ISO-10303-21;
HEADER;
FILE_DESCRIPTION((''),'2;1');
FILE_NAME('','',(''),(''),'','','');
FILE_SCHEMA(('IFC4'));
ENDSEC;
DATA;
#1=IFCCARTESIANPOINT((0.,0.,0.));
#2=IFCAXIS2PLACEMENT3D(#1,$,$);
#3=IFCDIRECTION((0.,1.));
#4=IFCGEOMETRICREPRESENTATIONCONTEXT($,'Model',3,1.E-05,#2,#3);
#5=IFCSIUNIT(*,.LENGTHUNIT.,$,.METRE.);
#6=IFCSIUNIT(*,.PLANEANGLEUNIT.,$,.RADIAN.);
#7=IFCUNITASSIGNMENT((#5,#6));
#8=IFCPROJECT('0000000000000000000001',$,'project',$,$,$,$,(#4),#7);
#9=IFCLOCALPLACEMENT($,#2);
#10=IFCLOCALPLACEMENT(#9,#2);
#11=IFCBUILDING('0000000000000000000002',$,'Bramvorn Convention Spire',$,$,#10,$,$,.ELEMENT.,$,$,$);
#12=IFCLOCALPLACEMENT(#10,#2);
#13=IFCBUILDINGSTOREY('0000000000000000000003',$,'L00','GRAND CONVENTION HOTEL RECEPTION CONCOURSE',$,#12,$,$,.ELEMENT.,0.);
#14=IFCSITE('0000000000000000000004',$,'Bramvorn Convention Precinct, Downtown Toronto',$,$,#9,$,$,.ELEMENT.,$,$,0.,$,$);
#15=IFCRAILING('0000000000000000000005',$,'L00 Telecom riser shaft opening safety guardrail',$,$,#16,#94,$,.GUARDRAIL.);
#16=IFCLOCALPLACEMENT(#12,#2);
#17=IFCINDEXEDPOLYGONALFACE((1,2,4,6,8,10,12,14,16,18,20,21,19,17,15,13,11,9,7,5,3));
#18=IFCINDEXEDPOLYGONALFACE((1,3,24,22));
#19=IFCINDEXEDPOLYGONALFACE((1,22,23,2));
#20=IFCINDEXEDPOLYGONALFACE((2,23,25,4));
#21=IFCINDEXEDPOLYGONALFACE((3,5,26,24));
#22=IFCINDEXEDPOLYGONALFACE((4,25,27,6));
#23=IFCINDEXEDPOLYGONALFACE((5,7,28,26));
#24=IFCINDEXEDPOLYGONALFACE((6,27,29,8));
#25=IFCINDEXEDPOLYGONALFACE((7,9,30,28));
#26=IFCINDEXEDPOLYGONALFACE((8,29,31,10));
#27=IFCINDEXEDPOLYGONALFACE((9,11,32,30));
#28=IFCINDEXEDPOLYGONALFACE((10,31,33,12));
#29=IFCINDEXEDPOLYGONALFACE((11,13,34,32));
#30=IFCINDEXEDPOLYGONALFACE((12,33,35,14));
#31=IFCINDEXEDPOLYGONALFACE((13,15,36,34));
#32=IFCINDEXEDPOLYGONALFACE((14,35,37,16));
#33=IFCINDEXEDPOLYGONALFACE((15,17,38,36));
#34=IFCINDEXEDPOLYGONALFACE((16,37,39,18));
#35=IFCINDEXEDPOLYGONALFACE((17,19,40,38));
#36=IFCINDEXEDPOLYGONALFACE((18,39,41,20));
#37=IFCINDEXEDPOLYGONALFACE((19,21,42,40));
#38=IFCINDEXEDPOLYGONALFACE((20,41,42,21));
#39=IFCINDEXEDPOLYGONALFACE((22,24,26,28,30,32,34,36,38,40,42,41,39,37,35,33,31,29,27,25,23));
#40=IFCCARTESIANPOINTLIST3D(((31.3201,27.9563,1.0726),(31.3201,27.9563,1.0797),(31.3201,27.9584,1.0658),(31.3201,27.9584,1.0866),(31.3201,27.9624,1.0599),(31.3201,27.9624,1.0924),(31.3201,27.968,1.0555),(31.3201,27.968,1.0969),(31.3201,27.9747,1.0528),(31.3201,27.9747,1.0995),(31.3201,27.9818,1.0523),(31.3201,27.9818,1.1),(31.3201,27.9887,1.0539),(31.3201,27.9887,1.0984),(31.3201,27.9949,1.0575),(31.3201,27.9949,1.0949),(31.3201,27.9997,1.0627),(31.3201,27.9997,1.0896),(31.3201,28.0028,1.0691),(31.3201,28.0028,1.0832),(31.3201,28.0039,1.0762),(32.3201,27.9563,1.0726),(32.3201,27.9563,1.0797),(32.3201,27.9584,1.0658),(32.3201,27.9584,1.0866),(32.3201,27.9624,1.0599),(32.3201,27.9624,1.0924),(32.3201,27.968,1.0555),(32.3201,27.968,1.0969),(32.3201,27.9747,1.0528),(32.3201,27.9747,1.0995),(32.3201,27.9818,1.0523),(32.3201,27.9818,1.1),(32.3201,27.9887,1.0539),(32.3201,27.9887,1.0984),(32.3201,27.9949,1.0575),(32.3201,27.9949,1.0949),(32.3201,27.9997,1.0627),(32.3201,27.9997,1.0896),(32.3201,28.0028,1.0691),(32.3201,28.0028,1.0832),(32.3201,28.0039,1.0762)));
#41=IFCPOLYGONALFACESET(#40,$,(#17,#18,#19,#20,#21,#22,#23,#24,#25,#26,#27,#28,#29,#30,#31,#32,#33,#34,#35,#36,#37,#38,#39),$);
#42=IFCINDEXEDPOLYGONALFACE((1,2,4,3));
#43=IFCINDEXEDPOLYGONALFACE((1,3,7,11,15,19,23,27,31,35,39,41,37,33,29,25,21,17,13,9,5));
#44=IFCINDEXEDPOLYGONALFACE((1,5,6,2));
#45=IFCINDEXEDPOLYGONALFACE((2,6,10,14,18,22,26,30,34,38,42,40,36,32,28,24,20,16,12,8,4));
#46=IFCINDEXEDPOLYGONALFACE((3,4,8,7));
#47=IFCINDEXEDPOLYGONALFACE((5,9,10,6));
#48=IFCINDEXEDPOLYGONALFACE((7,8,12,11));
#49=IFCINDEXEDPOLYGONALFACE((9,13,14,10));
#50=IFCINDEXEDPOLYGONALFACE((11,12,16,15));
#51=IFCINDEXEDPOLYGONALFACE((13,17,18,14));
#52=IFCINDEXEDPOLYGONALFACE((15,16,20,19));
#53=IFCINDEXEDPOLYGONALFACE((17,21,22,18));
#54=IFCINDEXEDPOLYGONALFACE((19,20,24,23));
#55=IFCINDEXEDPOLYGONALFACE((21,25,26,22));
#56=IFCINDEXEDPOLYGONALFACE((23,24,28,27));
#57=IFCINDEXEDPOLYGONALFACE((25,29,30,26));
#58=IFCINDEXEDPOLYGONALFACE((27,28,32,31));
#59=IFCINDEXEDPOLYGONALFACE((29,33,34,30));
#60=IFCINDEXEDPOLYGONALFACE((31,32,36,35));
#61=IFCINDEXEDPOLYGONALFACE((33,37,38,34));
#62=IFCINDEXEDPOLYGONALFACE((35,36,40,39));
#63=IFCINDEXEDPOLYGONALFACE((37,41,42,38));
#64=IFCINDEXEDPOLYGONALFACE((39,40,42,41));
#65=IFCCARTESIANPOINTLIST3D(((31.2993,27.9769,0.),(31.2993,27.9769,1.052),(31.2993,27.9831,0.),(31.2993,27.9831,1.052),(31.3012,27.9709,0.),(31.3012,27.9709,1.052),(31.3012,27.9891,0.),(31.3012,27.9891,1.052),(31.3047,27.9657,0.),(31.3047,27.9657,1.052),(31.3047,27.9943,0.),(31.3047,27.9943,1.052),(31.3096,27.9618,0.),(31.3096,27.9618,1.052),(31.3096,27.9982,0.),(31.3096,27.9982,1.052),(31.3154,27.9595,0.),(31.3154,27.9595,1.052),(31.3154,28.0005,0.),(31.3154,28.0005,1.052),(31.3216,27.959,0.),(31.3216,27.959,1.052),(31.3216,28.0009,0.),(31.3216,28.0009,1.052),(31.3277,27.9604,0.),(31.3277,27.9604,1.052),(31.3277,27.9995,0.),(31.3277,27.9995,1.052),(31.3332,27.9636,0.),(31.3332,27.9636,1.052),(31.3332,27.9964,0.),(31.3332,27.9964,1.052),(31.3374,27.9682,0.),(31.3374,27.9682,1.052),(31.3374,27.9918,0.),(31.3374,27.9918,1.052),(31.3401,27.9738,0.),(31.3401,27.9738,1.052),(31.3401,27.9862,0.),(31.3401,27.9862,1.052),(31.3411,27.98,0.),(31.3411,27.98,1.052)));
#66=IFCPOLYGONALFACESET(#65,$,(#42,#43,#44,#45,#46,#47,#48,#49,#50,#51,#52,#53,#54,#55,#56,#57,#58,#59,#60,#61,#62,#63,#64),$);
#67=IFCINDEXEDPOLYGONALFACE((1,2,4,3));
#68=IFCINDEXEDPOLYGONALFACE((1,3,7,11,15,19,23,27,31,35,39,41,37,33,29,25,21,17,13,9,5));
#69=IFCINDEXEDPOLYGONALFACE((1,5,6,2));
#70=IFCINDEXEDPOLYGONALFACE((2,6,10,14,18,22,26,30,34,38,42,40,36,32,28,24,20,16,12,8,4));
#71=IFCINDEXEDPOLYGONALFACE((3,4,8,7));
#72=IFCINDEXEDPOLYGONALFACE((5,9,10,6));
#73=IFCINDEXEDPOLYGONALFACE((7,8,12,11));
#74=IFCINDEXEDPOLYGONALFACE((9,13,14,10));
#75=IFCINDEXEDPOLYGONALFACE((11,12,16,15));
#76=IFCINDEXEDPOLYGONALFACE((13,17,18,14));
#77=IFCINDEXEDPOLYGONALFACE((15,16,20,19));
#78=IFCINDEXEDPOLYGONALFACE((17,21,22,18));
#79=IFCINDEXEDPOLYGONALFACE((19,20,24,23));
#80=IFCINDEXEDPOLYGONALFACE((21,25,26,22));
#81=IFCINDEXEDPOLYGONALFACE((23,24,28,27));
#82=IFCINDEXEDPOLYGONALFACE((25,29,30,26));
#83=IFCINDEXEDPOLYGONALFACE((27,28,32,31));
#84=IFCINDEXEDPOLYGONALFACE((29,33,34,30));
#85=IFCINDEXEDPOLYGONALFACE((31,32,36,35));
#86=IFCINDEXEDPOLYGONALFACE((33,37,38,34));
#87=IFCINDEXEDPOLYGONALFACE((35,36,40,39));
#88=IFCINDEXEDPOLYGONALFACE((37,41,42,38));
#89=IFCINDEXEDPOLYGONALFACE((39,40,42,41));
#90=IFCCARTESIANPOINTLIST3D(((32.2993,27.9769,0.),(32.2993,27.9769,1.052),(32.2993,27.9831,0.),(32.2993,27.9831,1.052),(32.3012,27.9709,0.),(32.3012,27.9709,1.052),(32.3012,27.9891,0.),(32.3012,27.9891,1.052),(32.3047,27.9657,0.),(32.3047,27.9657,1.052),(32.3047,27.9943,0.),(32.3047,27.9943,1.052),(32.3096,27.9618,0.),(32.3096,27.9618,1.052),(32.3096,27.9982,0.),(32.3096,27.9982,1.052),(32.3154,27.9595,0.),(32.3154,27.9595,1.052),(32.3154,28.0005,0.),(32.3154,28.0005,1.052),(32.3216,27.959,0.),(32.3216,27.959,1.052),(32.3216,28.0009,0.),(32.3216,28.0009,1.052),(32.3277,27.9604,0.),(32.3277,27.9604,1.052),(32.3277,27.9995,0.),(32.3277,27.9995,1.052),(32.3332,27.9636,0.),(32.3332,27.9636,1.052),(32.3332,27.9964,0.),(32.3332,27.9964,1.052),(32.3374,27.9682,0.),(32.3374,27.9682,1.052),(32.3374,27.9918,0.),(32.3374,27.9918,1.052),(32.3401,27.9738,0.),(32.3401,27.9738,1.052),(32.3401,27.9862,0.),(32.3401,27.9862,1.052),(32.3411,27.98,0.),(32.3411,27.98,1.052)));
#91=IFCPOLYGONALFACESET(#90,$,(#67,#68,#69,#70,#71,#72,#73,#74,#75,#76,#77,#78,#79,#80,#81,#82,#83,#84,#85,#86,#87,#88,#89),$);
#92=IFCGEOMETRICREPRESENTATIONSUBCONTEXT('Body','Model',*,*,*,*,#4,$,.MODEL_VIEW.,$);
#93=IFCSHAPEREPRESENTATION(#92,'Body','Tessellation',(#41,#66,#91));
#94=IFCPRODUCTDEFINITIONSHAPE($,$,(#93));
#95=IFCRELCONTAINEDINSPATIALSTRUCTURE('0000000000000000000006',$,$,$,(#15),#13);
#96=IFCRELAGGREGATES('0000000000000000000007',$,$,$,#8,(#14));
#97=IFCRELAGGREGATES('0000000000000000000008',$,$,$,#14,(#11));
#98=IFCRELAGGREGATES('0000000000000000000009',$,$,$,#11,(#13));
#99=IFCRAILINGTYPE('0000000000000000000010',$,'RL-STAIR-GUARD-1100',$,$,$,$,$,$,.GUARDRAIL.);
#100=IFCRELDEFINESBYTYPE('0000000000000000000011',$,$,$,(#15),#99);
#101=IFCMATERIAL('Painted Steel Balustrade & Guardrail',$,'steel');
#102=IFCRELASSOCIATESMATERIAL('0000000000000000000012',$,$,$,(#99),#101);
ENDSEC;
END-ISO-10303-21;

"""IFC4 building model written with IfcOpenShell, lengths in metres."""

from ifc_helpers import new_model, si_unit, direction, frame, origin, origin_2d, place, context, subcontext, project, spatial, circle, extrude, material, type_object, element, save


model = new_model("IFC4")

# Units and contexts
model_context = context("Model", 3, precision=1e-05, world=origin(), true_north=direction((0.0, 1.0)))
body_context = subcontext(model_context, "Body", "Model", "MODEL_VIEW")
ifc_project = project(units=[si_unit("LENGTHUNIT", "METRE"), si_unit("PLANEANGLEUNIT", "RADIAN")], contexts=[model_context])

# Site, building, storey
site_placement = place(None, origin())
site = spatial("IfcSite", under=ifc_project, at=site_placement, Name="Bramvorn Convention Precinct, Downtown Toronto", CompositionType="ELEMENT", RefElevation=0.0)
building_placement = place(site_placement, origin())
building = spatial("IfcBuilding", under=site, at=building_placement, Name="Bramvorn Convention Spire", CompositionType="ELEMENT")
storey_placement = place(building_placement, origin())
storey = spatial("IfcBuildingStorey", under=building, at=storey_placement, Name="L00", Description="GRAND CONVENTION HOTEL RECEPTION CONCOURSE", CompositionType="ELEMENT", Elevation=0.0)

# Railing
ifc_material_1 = material(Name="Painted Steel Balustrade & Guardrail", Category="steel")
railing_type = type_object("IfcRailingType", Name="RL-STAIR-GUARD-1100", PredefinedType="GUARDRAIL", material=ifc_material_1)
railing_1_placement = place(storey_placement, frame((31.3201, 27.98, 0.0)))
element("IfcRailing", 1, at=railing_1_placement, inside=storey, type_object=railing_type, Name="L00 Telecom riser shaft opening safety guardrail", PredefinedType="GUARDRAIL", context=body_context, shape_type="SweptSolid", body=[
    extrude(circle(Radius=0.0239, at=origin_2d()), frame((0.0, 0.0, 1.0762), z_axis=(1.0, 0.0, 0.0), x_axis=(0.0, 1.0, 0.0)), (0.0, 0.0, 1.0), 1.0),
    extrude(circle(Radius=0.021, at=origin_2d()), origin(), (0.0, 0.0, 1.0), 1.052),
    extrude(circle(Radius=0.021, at=origin_2d()), frame((1.0, 0.0, 0.0)), (0.0, 0.0, 1.0), 1.052),
])

save(model, "model.ifc")
